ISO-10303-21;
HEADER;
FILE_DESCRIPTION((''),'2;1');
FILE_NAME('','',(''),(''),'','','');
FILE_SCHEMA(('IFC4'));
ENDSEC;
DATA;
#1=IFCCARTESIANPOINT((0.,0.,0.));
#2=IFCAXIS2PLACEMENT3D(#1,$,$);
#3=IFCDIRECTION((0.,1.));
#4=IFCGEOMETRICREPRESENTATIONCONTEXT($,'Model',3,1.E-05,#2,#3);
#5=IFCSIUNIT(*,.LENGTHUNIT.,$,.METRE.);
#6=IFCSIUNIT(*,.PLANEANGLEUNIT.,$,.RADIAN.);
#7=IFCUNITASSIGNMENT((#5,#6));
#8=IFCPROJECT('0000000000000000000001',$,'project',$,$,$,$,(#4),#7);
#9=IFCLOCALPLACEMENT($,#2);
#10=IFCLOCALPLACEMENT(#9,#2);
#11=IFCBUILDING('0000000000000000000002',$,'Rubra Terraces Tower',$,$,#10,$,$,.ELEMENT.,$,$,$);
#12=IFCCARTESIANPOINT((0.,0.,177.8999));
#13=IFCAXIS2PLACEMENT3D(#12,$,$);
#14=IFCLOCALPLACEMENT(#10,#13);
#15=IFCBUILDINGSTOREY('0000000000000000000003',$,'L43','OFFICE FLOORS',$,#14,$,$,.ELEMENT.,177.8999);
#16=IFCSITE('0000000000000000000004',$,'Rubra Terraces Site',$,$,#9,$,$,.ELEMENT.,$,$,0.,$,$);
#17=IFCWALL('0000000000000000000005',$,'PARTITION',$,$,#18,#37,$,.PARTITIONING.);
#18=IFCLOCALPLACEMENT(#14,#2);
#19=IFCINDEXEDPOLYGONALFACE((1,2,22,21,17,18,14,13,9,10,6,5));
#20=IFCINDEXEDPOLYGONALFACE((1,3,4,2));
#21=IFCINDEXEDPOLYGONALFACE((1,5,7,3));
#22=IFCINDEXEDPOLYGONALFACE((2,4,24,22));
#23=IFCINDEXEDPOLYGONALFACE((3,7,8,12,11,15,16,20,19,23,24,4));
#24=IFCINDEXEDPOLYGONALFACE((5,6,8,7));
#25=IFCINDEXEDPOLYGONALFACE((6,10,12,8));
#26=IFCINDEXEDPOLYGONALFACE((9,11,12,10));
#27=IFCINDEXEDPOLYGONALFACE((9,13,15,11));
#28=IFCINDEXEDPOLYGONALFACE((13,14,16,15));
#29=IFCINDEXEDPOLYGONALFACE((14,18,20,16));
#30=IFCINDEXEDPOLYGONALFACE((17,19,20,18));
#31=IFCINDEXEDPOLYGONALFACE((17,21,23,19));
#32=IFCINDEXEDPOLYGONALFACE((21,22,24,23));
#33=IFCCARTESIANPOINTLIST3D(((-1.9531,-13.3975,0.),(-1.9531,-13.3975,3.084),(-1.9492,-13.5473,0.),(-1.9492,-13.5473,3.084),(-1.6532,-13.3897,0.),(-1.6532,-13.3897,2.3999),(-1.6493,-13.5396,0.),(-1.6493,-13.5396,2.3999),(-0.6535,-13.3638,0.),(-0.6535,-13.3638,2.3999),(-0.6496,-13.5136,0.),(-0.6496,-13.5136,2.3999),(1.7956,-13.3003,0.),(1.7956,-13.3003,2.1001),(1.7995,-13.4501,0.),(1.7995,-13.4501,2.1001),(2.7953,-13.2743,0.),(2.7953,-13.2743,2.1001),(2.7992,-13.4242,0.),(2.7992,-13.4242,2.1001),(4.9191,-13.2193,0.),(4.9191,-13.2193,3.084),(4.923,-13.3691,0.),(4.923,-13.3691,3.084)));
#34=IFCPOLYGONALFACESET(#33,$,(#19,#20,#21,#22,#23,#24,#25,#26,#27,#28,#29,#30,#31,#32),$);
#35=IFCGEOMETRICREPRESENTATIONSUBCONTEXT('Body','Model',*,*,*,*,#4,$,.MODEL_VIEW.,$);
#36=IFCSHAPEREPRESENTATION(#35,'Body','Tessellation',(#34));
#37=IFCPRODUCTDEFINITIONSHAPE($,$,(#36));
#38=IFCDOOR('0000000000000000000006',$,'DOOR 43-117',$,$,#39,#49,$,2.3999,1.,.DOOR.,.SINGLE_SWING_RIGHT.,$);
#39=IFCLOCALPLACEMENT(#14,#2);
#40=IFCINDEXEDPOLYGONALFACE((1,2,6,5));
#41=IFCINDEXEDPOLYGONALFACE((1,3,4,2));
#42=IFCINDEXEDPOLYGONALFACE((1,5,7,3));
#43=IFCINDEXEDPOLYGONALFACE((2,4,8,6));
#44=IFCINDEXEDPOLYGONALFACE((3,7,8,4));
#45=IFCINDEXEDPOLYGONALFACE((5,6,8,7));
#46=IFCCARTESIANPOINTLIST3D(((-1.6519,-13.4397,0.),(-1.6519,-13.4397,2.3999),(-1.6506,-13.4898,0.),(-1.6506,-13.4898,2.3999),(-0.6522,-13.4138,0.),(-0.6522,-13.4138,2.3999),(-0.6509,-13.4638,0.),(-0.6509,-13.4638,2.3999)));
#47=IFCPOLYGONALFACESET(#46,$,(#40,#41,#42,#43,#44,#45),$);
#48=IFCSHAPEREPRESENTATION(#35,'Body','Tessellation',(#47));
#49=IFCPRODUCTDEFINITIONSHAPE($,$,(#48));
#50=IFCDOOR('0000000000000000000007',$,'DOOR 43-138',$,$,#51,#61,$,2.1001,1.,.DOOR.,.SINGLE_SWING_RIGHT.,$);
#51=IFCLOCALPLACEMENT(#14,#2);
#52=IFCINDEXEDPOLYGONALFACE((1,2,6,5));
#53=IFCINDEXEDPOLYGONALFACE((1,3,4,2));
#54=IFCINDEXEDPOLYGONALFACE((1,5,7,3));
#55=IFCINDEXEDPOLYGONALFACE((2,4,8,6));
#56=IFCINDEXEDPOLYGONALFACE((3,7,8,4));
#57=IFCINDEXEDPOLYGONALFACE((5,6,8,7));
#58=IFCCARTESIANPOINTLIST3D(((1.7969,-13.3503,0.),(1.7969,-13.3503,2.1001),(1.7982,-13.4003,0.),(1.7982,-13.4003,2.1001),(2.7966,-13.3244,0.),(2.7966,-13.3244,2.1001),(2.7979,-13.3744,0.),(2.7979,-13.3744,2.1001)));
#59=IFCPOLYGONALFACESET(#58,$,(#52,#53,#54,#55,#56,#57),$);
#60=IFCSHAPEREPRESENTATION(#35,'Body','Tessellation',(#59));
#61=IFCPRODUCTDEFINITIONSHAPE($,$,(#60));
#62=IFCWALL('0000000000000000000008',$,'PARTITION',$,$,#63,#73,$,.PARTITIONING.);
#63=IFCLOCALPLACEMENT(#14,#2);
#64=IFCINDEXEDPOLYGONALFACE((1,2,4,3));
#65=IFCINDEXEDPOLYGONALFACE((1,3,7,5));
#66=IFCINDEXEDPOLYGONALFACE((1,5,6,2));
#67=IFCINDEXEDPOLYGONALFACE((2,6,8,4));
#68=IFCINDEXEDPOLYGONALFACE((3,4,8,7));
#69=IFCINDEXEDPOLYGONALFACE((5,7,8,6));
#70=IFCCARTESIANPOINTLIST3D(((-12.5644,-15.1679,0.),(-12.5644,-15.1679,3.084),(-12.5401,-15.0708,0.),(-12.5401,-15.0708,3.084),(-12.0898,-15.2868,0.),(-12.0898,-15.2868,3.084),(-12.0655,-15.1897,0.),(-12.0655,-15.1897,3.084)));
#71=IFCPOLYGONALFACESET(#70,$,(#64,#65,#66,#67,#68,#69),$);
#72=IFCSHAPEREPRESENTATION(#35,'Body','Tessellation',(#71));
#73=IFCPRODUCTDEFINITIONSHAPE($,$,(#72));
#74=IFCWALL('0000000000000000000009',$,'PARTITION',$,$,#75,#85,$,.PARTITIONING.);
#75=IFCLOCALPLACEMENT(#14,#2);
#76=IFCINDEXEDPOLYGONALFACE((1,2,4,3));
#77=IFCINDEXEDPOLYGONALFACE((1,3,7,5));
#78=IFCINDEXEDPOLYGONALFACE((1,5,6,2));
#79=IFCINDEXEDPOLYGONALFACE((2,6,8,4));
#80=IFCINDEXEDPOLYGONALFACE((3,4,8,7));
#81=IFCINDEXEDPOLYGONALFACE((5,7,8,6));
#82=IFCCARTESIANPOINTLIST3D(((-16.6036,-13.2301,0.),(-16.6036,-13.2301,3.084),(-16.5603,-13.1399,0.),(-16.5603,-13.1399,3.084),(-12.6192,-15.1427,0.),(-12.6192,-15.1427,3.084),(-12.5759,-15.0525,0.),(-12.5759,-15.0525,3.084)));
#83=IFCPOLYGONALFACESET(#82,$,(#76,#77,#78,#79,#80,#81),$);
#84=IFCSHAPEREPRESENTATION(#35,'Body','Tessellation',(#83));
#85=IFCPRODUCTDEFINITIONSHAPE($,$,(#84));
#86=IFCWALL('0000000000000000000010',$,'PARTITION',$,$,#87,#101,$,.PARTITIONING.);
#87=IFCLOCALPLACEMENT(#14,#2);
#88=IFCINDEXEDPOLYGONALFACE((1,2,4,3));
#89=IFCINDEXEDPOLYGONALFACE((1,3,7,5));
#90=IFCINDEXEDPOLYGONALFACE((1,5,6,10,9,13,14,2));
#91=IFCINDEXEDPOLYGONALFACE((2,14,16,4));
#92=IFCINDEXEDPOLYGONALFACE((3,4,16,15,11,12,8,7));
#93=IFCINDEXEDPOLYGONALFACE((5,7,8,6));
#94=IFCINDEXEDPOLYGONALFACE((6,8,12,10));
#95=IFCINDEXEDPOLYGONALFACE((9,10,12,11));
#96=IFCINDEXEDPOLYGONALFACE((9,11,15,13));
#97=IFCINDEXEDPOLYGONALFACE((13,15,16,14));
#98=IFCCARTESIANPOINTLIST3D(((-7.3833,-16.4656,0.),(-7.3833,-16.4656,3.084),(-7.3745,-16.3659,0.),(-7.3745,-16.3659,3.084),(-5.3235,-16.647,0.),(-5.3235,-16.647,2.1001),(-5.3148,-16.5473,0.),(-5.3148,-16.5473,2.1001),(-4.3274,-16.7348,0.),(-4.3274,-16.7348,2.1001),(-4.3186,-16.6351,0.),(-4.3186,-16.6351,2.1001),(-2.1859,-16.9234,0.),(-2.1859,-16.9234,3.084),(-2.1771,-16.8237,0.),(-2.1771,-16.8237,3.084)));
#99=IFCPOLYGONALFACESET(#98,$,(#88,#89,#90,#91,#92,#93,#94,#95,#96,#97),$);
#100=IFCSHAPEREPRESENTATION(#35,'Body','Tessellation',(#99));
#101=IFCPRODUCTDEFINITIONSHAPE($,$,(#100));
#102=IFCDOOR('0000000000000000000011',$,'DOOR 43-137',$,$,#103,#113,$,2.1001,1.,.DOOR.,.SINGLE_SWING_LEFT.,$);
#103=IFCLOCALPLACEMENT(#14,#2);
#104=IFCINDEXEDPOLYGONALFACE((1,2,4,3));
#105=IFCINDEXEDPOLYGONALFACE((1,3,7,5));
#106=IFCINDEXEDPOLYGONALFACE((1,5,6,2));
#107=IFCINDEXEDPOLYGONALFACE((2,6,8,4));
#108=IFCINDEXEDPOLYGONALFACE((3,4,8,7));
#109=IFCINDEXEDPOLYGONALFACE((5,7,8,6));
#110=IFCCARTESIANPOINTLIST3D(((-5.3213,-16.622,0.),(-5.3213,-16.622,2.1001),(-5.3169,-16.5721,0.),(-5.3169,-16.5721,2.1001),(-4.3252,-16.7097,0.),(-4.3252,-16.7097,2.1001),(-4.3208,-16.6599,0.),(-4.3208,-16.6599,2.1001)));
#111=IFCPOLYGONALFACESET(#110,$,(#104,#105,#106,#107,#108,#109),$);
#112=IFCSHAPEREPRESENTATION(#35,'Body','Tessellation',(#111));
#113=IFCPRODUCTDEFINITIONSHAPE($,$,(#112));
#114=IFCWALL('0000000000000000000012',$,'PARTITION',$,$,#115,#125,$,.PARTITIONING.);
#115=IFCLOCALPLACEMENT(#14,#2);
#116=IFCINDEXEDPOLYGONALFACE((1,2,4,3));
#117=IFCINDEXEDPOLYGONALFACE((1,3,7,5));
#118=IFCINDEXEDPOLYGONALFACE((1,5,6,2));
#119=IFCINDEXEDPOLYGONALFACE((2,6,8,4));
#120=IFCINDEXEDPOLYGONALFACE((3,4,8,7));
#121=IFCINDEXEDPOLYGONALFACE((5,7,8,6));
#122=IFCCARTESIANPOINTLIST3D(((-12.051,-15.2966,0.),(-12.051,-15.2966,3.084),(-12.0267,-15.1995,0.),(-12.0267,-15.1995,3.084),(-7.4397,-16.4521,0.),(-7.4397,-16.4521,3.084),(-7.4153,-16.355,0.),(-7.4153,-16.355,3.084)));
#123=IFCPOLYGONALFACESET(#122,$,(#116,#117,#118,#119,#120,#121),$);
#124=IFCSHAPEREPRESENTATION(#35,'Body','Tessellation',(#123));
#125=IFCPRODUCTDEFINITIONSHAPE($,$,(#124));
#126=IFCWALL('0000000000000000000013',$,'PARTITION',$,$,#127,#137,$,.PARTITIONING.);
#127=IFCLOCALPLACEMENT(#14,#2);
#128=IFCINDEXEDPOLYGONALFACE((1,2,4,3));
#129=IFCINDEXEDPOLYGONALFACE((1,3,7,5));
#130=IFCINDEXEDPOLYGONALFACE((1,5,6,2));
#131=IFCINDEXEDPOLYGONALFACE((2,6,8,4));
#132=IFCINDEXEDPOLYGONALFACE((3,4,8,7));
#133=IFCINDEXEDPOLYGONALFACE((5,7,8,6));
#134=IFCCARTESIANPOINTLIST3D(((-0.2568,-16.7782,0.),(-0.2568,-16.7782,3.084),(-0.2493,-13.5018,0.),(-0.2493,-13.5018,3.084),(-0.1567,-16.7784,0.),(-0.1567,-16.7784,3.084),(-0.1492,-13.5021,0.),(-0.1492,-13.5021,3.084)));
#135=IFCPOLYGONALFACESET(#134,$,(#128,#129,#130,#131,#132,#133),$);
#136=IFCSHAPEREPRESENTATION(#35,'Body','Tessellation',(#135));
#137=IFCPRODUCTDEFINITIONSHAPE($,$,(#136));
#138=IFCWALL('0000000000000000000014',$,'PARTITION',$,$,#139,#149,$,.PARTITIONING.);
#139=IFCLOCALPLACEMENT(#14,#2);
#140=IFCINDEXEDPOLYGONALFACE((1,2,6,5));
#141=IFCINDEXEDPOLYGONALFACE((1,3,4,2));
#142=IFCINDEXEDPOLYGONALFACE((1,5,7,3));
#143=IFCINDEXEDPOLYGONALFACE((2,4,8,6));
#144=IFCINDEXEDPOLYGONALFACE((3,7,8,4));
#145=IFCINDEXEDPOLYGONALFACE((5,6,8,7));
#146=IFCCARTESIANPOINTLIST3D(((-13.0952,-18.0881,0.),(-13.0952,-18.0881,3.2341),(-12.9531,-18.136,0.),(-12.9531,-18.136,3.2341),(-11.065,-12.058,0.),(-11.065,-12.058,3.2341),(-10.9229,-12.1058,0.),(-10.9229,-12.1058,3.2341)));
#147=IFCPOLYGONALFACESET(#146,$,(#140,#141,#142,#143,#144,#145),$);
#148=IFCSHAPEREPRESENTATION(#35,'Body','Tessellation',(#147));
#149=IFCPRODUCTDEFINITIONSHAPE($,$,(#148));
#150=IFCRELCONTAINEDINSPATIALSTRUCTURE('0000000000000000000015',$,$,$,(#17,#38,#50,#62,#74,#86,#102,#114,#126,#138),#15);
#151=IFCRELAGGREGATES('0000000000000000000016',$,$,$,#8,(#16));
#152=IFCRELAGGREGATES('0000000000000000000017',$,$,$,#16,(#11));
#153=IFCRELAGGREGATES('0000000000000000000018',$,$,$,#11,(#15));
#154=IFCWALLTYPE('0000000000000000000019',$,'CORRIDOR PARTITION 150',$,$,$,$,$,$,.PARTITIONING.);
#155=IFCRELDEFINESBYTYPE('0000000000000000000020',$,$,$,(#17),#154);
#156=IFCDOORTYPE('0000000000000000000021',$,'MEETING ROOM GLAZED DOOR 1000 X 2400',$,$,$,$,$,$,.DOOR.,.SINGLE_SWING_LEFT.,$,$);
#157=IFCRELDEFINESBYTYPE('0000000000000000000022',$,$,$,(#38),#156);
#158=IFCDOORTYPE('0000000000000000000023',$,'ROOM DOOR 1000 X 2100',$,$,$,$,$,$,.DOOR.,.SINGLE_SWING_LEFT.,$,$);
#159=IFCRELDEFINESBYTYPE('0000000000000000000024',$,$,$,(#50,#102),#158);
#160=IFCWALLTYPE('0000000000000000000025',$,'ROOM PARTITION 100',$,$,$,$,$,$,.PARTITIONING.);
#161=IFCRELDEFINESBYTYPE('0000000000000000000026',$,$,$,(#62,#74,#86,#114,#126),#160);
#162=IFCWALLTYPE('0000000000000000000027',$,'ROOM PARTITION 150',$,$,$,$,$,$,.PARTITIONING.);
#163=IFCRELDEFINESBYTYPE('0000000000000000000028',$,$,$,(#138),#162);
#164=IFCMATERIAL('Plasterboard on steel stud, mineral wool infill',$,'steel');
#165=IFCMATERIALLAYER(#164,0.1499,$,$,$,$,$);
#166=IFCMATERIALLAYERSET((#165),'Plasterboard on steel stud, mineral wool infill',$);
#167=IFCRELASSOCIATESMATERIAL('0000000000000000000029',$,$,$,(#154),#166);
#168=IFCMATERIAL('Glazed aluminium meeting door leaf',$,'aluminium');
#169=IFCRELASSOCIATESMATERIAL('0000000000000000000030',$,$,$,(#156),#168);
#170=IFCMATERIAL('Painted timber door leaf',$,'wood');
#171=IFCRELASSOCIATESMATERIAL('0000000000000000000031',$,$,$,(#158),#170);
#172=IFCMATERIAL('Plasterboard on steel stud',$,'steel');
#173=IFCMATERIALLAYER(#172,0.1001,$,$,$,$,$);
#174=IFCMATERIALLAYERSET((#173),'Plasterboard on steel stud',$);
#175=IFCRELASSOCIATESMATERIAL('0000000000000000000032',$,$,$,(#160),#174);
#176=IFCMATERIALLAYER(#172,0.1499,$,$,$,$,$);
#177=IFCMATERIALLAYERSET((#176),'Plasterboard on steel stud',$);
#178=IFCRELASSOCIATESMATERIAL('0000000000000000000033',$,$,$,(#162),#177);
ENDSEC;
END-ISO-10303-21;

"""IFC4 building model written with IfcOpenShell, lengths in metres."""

from ifc_helpers import new_model, si_unit, direction, frame, frame_2d, origin, place, context, subcontext, project, spatial, rectangle, extrude, material, layer, layer_set, type_object, element, fill, save


model = new_model("IFC4")

# Units and contexts
model_context = context("Model", 3, precision=1e-05, world=origin(), true_north=direction((0.0, 1.0)))
body_context = subcontext(model_context, "Body", "Model", "MODEL_VIEW")
ifc_project = project(units=[si_unit("LENGTHUNIT", "METRE"), si_unit("PLANEANGLEUNIT", "RADIAN")], contexts=[model_context])

# Site, building, storey
site_placement = place(None, origin())
site = spatial("IfcSite", under=ifc_project, at=site_placement, Name="Rubra Terraces Site", CompositionType="ELEMENT", RefElevation=0.0)
building_placement = place(site_placement, origin())
building = spatial("IfcBuilding", under=site, at=building_placement, Name="Rubra Terraces Tower", CompositionType="ELEMENT")
storey_placement = place(building_placement, frame((0.0, 0.0, 177.8999)))
storey = spatial("IfcBuildingStorey", under=building, at=storey_placement, Name="L43", Description="OFFICE FLOORS", CompositionType="ELEMENT", Elevation=177.8999)

# Wall, openings, doors
ifc_material_1 = material(Name="Plasterboard on steel stud, mineral wool infill", Category="steel")
ifc_layer_1 = layer(ifc_material_1, 0.1499)
ifc_layer_set_1 = layer_set([ifc_layer_1], Name="Plasterboard on steel stud, mineral wool infill")
wall_type_1 = type_object("IfcWallType", Name="CORRIDOR PARTITION 150", PredefinedType="PARTITIONING", material=ifc_layer_set_1)
wall_1_placement = place(storey_placement, frame((-1.9512, -13.4724, 0.0), z_axis=(0.0, 0.0, 1.0), x_axis=(0.999664, 0.025925, 0.0)))
wall_1 = element("IfcWall", 1, at=wall_1_placement, inside=storey, type_object=wall_type_1, Name="PARTITION", PredefinedType="PARTITIONING", context=body_context, shape_type="SweptSolid", body=[
    extrude(rectangle(XDim=6.8745, YDim=0.1499, at=frame_2d((3.4373, 0.0))), origin(), (0.0, 0.0, 1.0), 3.084),
])
opening_1_placement = place(wall_1_placement, frame((0.3, 0.0, 0.0)))
opening_1 = element("IfcOpeningElement", 2, at=opening_1_placement, cuts=wall_1, PredefinedType="OPENING", context=body_context, shape_type="SweptSolid", body=[
    extrude(rectangle(XDim=1.0, YDim=2.3999, at=frame_2d((0.5, 1.2))), frame((0.0, 0.085, 0.0), z_axis=(0.0, -1.0, 0.0), x_axis=(1.0, 0.0, 0.0)), (0.0, 0.0, 1.0), 0.1699),
])
opening_2_placement = place(wall_1_placement, frame((3.75, 0.0, 0.0)))
opening_2 = element("IfcOpeningElement", 3, at=opening_2_placement, cuts=wall_1, PredefinedType="OPENING", context=body_context, shape_type="SweptSolid", body=[
    extrude(rectangle(XDim=1.0, YDim=2.1001, at=frame_2d((0.5, 1.05))), frame((0.0, 0.085, 0.0), z_axis=(0.0, -1.0, 0.0), x_axis=(1.0, 0.0, 0.0)), (0.0, 0.0, 1.0), 0.1699),
])
ifc_material_2 = material(Name="Glazed aluminium meeting door leaf", Category="aluminium")
door_type_1 = type_object("IfcDoorType", Name="MEETING ROOM GLAZED DOOR 1000 X 2400", OperationType="SINGLE_SWING_LEFT", PredefinedType="DOOR", material=ifc_material_2)
door_1_placement = place(opening_1_placement, origin())
door_1 = element("IfcDoor", 4, at=door_1_placement, inside=storey, type_object=door_type_1, Name="DOOR 43-117", OperationType="SINGLE_SWING_RIGHT", OverallHeight=2.3999, OverallWidth=1.0, PredefinedType="DOOR", context=body_context, shape_type="SweptSolid", body=[
    extrude(rectangle(XDim=1.0, YDim=2.3999, at=frame_2d((0.5, 1.2))), frame((0.0, 0.0249, 0.0), z_axis=(0.0, -1.0, 0.0), x_axis=(1.0, 0.0, 0.0)), (0.0, 0.0, 1.0), 0.05),
])
fill(opening_1, door_1)
ifc_material_3 = material(Name="Painted timber door leaf", Category="wood")
door_type_2 = type_object("IfcDoorType", Name="ROOM DOOR 1000 X 2100", OperationType="SINGLE_SWING_LEFT", PredefinedType="DOOR", material=ifc_material_3)
door_2_placement = place(opening_2_placement, origin())
door_2 = element("IfcDoor", 5, at=door_2_placement, inside=storey, type_object=door_type_2, Name="DOOR 43-138", OperationType="SINGLE_SWING_RIGHT", OverallHeight=2.1001, OverallWidth=1.0, PredefinedType="DOOR", context=body_context, shape_type="SweptSolid", body=[
    extrude(rectangle(XDim=1.0, YDim=2.1001, at=frame_2d((0.5, 1.05))), frame((0.0, 0.0249, 0.0), z_axis=(0.0, -1.0, 0.0), x_axis=(1.0, 0.0, 0.0)), (0.0, 0.0, 1.0), 0.05),
])
fill(opening_2, door_2)

# Walls
ifc_material_4 = material(Name="Plasterboard on steel stud", Category="steel")
ifc_layer_2 = layer(ifc_material_4, 0.1001)
ifc_layer_set_2 = layer_set([ifc_layer_2], Name="Plasterboard on steel stud")
wall_type_2 = type_object("IfcWallType", Name="ROOM PARTITION 100", PredefinedType="PARTITIONING", material=ifc_layer_set_2)
wall_2_placement = place(storey_placement, frame((-12.0776, -15.2383, 0.0), z_axis=(0.0, 0.0, 1.0), x_axis=(-0.970025, 0.243005, 0.0)))
element("IfcWall", 6, at=wall_2_placement, inside=storey, type_object=wall_type_2, Name="PARTITION", PredefinedType="PARTITIONING", context=body_context, shape_type="SweptSolid", body=[
    extrude(rectangle(XDim=0.4893, YDim=0.1001, at=frame_2d((0.2446, 0.0))), origin(), (0.0, 0.0, 1.0), 3.084),
])
wall_3_placement = place(storey_placement, frame((-12.5974, -15.0977, 0.0), z_axis=(0.0, 0.0, 1.0), x_axis=(-0.901514, 0.432749, 0.0)))
element("IfcWall", 7, at=wall_3_placement, inside=storey, type_object=wall_type_2, Name="PARTITION", PredefinedType="PARTITIONING", context=body_context, shape_type="SweptSolid", body=[
    extrude(rectangle(XDim=4.4197, YDim=0.1001, at=frame_2d((2.21, 0.0))), origin(), (0.0, 0.0, 1.0), 3.084),
])

# Wall, opening, door
wall_4_placement = place(storey_placement, frame((-2.1814, -16.8735, 0.0), z_axis=(0.0, 0.0, 1.0), x_axis=(-0.996144, 0.087734, 0.0)))
wall_4 = element("IfcWall", 8, at=wall_4_placement, inside=storey, type_object=wall_type_2, Name="PARTITION", PredefinedType="PARTITIONING", context=body_context, shape_type="SweptSolid", body=[
    extrude(rectangle(XDim=5.2175, YDim=0.1001, at=frame_2d((2.6089, 0.0))), origin(), (0.0, 0.0, 1.0), 3.084),
])
opening_3_placement = place(wall_4_placement, frame((2.1499, 0.0, 0.0)))
opening_3 = element("IfcOpeningElement", 9, at=opening_3_placement, cuts=wall_4, PredefinedType="OPENING", context=body_context, shape_type="SweptSolid", body=[
    extrude(rectangle(XDim=1.0, YDim=2.1001, at=frame_2d((0.5, 1.05))), frame((0.0, 0.0601, 0.0), z_axis=(0.0, -1.0, 0.0), x_axis=(1.0, 0.0, 0.0)), (0.0, 0.0, 1.0), 0.1201),
])
door_3_placement = place(opening_3_placement, origin())
door_3 = element("IfcDoor", 10, at=door_3_placement, inside=storey, type_object=door_type_2, Name="DOOR 43-137", OperationType="SINGLE_SWING_LEFT", OverallHeight=2.1001, OverallWidth=1.0, PredefinedType="DOOR", context=body_context, shape_type="SweptSolid", body=[
    extrude(rectangle(XDim=1.0, YDim=2.1001, at=frame_2d((0.5, 1.05))), frame((0.0, 0.0249, 0.0), z_axis=(0.0, -1.0, 0.0), x_axis=(1.0, 0.0, 0.0)), (0.0, 0.0, 1.0), 0.05),
])
fill(opening_3, door_3)

# Walls
wall_5_placement = place(storey_placement, frame((-7.4275, -16.4036, 0.0), z_axis=(0.0, 0.0, 1.0), x_axis=(-0.970009, 0.243067, 0.0)))
element("IfcWall", 11, at=wall_5_placement, inside=storey, type_object=wall_type_2, Name="PARTITION", PredefinedType="PARTITIONING", context=body_context, shape_type="SweptSolid", body=[
    extrude(rectangle(XDim=4.7539, YDim=0.1001, at=frame_2d((2.377, 0.0))), origin(), (0.0, 0.0, 1.0), 3.084),
])
wall_6_placement = place(storey_placement, frame((-0.1992, -13.502, 0.0), z_axis=(0.0, 0.0, 1.0), x_axis=(-0.00231, -0.999997, 0.0)))
element("IfcWall", 12, at=wall_6_placement, inside=storey, type_object=wall_type_2, Name="PARTITION", PredefinedType="PARTITIONING", context=body_context, shape_type="SweptSolid", body=[
    extrude(rectangle(XDim=3.2764, YDim=0.1001, at=frame_2d((1.6382, 0.0))), origin(), (0.0, 0.0, 1.0), 3.084),
])
ifc_layer_3 = layer(ifc_material_4, 0.1499)
ifc_layer_set_3 = layer_set([ifc_layer_3], Name="Plasterboard on steel stud")
wall_type_3 = type_object("IfcWallType", Name="ROOM PARTITION 150", PredefinedType="PARTITIONING", material=ifc_layer_set_3)
wall_7_placement = place(storey_placement, frame((-13.0242, -18.1121, 0.0), z_axis=(0.0, 0.0, 1.0), x_axis=(0.319081, 0.947727, 0.0)))
element("IfcWall", 13, at=wall_7_placement, inside=storey, type_object=wall_type_3, Name="PARTITION", PredefinedType="PARTITIONING", context=body_context, shape_type="SweptSolid", body=[
    extrude(rectangle(XDim=6.3628, YDim=0.1499, at=frame_2d((3.1814, 0.0))), origin(), (0.0, 0.0, 1.0), 3.2341),
])

save(model, "model.ifc")
